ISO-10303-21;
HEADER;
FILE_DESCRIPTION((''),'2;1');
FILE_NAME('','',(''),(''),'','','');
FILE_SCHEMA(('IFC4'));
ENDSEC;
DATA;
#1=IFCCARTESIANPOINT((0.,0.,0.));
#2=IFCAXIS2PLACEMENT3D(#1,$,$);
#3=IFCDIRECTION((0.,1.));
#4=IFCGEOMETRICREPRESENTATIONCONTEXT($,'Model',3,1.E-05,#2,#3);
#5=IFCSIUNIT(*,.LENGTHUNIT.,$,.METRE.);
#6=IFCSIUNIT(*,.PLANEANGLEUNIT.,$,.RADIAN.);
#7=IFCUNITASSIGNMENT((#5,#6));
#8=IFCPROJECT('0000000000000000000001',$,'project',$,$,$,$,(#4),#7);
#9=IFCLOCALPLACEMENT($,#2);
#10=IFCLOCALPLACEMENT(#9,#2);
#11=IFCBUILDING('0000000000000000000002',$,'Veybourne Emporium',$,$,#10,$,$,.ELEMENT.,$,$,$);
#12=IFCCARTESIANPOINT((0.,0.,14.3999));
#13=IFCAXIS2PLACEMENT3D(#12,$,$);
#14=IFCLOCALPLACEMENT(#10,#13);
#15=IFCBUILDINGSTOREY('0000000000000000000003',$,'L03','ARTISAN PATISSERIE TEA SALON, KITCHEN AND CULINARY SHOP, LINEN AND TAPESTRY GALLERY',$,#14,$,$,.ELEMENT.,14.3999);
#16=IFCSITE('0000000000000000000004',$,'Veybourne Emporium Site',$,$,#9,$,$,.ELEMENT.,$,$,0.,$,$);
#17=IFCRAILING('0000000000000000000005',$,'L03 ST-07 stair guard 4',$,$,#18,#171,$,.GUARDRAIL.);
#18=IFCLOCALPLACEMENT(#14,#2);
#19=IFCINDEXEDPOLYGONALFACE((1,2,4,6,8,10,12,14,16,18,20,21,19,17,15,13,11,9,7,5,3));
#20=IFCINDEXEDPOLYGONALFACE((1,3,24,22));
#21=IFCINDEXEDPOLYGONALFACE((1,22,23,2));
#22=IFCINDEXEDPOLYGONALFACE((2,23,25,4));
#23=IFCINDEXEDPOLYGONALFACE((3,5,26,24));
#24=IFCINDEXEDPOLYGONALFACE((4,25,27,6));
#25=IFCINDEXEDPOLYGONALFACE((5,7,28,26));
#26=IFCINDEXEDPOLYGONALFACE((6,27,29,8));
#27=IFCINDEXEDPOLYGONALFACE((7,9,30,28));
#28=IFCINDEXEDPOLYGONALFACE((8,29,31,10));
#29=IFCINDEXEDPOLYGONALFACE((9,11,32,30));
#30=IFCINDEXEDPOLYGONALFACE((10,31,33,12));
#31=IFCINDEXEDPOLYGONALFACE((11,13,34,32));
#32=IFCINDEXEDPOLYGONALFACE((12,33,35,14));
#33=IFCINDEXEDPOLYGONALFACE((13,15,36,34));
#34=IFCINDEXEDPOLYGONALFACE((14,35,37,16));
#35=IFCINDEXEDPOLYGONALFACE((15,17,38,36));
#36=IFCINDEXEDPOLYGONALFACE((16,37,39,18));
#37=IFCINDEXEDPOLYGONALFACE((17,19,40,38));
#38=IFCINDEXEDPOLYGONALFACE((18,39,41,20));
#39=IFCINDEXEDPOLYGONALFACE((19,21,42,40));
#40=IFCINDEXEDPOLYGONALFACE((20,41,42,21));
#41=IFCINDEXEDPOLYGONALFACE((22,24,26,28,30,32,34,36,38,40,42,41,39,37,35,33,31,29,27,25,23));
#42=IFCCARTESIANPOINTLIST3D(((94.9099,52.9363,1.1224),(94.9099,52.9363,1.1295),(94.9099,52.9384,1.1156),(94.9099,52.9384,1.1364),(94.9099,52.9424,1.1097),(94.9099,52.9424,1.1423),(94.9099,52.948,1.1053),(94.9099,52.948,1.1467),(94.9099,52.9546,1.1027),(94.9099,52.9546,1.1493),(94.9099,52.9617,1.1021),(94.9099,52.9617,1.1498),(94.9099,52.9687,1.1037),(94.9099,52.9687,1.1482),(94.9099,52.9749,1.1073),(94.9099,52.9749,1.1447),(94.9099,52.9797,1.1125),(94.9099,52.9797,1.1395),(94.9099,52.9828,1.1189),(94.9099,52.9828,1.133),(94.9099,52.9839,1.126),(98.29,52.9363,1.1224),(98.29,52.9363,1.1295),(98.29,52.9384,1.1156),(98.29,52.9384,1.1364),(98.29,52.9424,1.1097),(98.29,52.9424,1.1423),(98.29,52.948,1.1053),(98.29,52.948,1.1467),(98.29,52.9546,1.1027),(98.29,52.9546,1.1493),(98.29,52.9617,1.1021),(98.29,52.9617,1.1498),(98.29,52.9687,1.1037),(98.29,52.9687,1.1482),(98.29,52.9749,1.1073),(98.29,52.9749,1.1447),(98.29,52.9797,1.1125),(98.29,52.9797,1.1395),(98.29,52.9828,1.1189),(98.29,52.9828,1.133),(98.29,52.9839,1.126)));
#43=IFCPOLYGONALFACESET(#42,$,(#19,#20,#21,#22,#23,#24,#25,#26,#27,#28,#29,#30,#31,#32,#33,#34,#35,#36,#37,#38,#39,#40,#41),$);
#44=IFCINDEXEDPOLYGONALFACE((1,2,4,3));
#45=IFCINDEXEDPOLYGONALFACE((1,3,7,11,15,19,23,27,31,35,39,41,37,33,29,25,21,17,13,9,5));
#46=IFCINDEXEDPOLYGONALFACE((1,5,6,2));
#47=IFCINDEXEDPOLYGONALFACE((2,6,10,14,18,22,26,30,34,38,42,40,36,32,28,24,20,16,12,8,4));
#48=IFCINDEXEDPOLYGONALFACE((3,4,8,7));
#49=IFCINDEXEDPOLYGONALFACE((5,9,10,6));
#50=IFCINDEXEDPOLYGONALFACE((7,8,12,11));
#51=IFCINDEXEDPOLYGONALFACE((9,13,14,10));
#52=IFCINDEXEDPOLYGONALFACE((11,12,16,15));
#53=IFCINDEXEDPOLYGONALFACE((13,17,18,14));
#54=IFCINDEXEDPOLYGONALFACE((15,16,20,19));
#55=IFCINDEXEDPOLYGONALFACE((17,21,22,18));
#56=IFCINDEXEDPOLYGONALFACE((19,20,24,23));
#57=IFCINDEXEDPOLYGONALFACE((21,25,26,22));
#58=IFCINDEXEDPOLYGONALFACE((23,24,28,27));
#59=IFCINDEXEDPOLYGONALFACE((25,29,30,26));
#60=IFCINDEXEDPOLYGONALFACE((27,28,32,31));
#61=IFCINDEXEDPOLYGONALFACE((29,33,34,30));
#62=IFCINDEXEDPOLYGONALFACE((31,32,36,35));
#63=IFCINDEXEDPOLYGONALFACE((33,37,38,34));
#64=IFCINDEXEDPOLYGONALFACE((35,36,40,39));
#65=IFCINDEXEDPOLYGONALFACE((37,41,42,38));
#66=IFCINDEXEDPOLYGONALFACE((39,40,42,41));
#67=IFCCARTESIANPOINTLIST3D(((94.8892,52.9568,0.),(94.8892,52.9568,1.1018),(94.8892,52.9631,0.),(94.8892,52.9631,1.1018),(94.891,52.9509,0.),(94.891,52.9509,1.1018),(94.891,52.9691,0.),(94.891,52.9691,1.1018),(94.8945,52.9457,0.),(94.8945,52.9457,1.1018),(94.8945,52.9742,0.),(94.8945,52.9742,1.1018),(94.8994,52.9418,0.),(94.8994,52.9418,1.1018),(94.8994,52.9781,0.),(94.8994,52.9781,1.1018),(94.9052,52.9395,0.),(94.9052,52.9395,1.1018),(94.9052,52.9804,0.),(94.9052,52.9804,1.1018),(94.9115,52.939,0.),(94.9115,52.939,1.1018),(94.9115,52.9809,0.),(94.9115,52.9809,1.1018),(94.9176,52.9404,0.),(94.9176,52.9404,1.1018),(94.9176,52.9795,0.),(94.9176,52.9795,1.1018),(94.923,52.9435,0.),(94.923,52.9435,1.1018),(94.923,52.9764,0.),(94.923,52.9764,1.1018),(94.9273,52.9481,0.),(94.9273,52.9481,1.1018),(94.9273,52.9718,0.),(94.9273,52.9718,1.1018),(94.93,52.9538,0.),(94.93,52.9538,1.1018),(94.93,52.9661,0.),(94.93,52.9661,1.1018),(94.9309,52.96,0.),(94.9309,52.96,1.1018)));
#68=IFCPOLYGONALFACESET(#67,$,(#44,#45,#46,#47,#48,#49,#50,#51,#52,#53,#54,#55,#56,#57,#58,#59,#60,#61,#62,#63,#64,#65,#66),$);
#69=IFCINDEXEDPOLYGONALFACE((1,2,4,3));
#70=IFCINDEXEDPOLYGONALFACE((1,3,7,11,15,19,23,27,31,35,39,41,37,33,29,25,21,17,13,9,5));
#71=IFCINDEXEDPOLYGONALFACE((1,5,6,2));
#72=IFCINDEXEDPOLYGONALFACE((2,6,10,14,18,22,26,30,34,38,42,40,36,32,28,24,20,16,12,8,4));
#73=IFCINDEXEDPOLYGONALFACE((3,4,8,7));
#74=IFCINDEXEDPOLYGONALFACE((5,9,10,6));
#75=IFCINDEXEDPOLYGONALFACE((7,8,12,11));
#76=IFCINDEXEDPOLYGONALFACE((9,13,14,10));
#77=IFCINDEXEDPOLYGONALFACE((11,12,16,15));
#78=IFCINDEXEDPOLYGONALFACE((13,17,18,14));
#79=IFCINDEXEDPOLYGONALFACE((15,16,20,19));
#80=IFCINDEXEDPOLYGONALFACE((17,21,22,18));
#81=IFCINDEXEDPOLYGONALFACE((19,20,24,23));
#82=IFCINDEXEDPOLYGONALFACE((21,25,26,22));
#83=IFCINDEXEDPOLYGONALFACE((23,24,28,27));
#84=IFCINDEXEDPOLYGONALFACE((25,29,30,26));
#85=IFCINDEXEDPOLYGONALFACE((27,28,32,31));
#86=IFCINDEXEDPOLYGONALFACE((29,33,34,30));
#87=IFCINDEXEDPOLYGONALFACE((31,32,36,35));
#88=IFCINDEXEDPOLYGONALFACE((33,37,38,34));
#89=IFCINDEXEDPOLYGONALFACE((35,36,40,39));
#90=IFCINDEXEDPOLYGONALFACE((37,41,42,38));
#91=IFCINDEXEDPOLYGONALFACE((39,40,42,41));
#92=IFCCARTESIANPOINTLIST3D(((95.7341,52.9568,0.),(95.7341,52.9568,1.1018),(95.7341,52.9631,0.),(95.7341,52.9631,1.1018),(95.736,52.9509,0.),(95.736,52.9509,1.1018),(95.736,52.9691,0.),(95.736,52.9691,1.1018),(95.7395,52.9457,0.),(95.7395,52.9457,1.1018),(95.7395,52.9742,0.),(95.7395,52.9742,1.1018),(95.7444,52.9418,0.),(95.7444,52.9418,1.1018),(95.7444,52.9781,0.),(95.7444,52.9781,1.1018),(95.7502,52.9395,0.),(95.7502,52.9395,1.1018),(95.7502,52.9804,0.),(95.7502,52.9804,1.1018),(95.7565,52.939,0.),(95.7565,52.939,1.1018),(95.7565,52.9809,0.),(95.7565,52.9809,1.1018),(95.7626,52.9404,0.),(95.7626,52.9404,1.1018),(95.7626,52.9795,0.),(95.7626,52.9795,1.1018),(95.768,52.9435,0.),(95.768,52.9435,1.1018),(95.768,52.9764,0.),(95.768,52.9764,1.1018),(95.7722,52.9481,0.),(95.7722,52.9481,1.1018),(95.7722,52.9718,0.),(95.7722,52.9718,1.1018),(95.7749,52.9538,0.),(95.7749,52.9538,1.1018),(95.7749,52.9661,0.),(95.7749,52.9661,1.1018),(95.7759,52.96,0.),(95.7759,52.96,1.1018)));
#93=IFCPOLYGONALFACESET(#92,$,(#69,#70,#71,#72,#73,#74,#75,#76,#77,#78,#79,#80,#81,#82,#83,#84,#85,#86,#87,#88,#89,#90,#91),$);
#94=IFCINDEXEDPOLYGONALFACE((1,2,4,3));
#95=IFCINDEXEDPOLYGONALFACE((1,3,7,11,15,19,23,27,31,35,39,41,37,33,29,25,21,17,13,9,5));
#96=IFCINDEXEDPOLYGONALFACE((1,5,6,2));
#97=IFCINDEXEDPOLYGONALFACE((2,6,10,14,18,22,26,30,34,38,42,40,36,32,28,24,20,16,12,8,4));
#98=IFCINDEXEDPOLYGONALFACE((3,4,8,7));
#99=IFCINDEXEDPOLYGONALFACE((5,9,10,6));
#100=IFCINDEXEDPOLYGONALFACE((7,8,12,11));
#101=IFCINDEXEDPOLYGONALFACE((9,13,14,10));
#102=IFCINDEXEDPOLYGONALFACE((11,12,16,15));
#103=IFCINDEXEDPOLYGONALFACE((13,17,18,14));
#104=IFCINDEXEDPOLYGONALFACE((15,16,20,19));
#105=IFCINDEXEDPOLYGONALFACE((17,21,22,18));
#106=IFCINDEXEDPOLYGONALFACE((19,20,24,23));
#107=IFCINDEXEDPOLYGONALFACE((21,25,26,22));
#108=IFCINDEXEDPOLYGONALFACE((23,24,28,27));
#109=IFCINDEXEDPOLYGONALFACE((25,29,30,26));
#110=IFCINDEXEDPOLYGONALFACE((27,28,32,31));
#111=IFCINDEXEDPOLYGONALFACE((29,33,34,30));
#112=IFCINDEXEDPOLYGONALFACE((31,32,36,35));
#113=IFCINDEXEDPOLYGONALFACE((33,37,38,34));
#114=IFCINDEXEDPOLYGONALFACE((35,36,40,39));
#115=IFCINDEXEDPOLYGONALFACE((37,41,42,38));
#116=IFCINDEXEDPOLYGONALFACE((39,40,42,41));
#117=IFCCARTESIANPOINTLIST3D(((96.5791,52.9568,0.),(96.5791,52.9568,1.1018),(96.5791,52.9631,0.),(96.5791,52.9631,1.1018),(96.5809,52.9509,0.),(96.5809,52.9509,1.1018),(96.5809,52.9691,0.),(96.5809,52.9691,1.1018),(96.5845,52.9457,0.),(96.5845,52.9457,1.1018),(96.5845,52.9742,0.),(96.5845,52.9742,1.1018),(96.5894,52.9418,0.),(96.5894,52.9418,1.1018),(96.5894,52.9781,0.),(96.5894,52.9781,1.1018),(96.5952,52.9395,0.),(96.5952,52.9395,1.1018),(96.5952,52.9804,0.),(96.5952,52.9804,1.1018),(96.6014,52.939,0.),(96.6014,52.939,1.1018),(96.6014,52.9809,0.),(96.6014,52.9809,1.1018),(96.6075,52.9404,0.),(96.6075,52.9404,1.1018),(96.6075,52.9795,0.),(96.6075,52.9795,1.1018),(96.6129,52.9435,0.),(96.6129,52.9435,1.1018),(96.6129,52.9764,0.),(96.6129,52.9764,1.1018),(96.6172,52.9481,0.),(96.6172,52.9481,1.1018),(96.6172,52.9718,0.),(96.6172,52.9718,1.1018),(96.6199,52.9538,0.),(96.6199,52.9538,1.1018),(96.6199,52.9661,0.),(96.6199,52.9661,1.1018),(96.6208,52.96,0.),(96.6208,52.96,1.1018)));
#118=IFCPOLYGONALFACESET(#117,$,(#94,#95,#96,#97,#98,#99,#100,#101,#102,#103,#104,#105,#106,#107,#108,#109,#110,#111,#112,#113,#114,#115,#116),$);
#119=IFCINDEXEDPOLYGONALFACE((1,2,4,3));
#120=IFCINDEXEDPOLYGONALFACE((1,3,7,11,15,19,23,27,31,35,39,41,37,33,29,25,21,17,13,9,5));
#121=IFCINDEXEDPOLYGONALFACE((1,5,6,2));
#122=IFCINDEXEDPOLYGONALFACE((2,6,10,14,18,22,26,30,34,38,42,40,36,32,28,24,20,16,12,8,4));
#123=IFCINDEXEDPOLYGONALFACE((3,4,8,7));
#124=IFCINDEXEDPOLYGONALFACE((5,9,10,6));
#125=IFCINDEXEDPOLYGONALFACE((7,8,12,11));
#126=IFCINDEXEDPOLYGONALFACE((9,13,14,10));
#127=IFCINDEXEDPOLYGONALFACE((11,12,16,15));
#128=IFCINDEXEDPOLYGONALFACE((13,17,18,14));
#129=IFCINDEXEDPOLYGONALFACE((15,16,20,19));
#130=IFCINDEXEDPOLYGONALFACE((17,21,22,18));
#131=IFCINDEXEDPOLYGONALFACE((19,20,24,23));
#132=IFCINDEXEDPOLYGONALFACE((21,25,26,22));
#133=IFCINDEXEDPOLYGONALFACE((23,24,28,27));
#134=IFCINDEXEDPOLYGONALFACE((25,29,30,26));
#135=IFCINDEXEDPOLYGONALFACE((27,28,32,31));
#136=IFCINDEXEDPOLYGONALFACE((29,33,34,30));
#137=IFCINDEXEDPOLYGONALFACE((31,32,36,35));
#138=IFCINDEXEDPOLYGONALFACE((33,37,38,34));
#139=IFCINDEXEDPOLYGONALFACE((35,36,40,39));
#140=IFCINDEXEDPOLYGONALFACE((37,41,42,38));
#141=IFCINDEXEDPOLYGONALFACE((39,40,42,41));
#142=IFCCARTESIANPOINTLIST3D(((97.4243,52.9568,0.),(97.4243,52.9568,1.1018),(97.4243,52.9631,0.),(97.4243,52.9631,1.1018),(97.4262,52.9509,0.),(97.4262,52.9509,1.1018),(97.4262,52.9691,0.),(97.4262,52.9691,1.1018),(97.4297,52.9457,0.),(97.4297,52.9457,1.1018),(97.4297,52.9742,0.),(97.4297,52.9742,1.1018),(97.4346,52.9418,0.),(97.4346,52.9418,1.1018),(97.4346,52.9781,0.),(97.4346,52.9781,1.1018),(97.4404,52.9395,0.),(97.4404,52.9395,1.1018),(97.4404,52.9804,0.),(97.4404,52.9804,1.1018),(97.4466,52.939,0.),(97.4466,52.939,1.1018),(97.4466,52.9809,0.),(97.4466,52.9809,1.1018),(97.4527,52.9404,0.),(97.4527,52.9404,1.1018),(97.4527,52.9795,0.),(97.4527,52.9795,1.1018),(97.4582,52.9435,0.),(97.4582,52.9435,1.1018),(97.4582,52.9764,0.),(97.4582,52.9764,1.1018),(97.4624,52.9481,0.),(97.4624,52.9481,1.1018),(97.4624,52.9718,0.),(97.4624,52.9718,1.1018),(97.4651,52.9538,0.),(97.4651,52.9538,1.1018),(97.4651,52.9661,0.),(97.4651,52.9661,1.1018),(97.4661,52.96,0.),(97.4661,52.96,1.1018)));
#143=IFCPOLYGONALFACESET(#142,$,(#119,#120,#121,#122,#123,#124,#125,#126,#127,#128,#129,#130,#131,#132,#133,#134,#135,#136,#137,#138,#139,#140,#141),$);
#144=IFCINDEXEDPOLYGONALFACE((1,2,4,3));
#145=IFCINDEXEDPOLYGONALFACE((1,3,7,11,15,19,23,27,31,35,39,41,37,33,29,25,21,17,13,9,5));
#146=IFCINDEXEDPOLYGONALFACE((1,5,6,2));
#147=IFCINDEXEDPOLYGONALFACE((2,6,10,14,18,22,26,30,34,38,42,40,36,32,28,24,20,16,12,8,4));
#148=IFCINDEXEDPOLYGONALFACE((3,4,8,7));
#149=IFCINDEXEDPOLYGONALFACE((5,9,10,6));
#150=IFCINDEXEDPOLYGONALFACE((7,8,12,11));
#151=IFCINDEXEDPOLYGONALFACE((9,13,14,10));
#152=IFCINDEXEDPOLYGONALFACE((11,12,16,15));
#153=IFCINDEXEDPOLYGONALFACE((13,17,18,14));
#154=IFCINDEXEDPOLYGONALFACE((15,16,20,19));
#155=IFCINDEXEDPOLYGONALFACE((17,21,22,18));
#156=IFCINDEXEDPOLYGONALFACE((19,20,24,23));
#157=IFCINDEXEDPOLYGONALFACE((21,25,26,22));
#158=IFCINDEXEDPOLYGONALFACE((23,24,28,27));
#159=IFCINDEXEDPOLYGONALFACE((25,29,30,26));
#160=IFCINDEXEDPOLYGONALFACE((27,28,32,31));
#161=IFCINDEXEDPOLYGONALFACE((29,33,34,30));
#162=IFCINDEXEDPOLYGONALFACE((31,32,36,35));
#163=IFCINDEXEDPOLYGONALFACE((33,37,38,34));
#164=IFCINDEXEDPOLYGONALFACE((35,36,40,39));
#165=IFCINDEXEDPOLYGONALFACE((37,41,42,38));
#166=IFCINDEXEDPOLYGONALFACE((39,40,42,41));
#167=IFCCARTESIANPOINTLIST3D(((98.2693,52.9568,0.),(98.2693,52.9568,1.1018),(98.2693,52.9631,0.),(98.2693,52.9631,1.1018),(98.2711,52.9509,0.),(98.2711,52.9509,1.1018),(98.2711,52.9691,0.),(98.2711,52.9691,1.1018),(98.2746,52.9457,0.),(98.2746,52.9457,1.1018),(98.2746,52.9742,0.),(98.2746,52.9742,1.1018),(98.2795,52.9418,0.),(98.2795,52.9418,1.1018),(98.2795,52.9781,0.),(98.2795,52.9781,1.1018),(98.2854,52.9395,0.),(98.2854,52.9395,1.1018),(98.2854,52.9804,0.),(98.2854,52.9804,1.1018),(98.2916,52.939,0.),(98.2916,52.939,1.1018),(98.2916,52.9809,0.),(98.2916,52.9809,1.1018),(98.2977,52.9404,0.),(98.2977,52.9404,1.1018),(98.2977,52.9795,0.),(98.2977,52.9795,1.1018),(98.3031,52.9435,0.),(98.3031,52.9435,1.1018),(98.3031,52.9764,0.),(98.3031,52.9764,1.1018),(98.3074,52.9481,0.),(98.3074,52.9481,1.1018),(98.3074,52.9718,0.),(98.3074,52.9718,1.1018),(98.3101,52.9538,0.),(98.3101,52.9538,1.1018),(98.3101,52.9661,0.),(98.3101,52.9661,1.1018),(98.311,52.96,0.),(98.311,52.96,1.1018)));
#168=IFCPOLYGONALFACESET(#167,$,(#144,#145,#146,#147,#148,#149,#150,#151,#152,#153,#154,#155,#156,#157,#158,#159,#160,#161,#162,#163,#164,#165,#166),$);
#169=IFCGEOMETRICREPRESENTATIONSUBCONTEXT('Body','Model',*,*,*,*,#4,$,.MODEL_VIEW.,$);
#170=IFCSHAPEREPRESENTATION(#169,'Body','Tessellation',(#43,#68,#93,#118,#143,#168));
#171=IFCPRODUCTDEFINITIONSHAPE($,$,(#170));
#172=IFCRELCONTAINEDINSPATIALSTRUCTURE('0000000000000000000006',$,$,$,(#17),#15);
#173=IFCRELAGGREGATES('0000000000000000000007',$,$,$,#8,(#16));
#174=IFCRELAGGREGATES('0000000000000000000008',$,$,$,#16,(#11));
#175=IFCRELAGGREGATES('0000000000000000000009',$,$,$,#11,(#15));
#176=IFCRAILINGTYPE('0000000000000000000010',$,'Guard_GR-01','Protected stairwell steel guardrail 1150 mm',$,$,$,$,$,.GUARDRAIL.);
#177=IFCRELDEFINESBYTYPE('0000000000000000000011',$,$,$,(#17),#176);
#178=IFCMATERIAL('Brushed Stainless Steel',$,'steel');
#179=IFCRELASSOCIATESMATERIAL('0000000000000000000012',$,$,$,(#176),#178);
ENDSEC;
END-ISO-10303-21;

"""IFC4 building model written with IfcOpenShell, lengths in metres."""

from ifc_helpers import new_model, si_unit, direction, frame, origin, origin_2d, place, context, subcontext, project, spatial, circle, extrude, material, type_object, element, save


model = new_model("IFC4")

# Units and contexts
model_context = context("Model", 3, precision=1e-05, world=origin(), true_north=direction((0.0, 1.0)))
body_context = subcontext(model_context, "Body", "Model", "MODEL_VIEW")
ifc_project = project(units=[si_unit("LENGTHUNIT", "METRE"), si_unit("PLANEANGLEUNIT", "RADIAN")], contexts=[model_context])

# Site, building, storey
site_placement = place(None, origin())
site = spatial("IfcSite", under=ifc_project, at=site_placement, Name="Veybourne Emporium Site", CompositionType="ELEMENT", RefElevation=0.0)
building_placement = place(site_placement, origin())
building = spatial("IfcBuilding", under=site, at=building_placement, Name="Veybourne Emporium", CompositionType="ELEMENT")
storey_placement = place(building_placement, frame((0.0, 0.0, 14.3999)))
storey = spatial("IfcBuildingStorey", under=building, at=storey_placement, Name="L03", Description="ARTISAN PATISSERIE TEA SALON, KITCHEN AND CULINARY SHOP, LINEN AND TAPESTRY GALLERY", CompositionType="ELEMENT", Elevation=14.3999)

# Railing
ifc_material_1 = material(Name="Brushed Stainless Steel", Category="steel")
railing_type_1 = type_object("IfcRailingType", Name="Guard_GR-01", Description="Protected stairwell steel guardrail 1150 mm", PredefinedType="GUARDRAIL", material=ifc_material_1)
railing_1_placement = place(storey_placement, frame((94.9099, 52.96, 0.0)))
element("IfcRailing", 1, at=railing_1_placement, inside=storey, type_object=railing_type_1, Name="L03 ST-07 stair guard 4", PredefinedType="GUARDRAIL", context=body_context, shape_type="SweptSolid", body=[
    extrude(circle(Radius=0.0239, at=origin_2d()), frame((0.0, 0.0, 1.126), z_axis=(1.0, 0.0, 0.0), x_axis=(0.0, 1.0, 0.0)), (0.0, 0.0, 1.0), 3.3801),
    extrude(circle(Radius=0.021, at=origin_2d()), origin(), (0.0, 0.0, 1.0), 1.1018),
    extrude(circle(Radius=0.021, at=origin_2d()), frame((0.845, 0.0, 0.0)), (0.0, 0.0, 1.0), 1.1018),
    extrude(circle(Radius=0.021, at=origin_2d()), frame((1.6899, 0.0, 0.0)), (0.0, 0.0, 1.0), 1.1018),
    extrude(circle(Radius=0.021, at=origin_2d()), frame((2.5352, 0.0, 0.0)), (0.0, 0.0, 1.0), 1.1018),
    extrude(circle(Radius=0.021, at=origin_2d()), frame((3.3801, 0.0, 0.0)), (0.0, 0.0, 1.0), 1.1018),
])

save(model, "model.ifc")
